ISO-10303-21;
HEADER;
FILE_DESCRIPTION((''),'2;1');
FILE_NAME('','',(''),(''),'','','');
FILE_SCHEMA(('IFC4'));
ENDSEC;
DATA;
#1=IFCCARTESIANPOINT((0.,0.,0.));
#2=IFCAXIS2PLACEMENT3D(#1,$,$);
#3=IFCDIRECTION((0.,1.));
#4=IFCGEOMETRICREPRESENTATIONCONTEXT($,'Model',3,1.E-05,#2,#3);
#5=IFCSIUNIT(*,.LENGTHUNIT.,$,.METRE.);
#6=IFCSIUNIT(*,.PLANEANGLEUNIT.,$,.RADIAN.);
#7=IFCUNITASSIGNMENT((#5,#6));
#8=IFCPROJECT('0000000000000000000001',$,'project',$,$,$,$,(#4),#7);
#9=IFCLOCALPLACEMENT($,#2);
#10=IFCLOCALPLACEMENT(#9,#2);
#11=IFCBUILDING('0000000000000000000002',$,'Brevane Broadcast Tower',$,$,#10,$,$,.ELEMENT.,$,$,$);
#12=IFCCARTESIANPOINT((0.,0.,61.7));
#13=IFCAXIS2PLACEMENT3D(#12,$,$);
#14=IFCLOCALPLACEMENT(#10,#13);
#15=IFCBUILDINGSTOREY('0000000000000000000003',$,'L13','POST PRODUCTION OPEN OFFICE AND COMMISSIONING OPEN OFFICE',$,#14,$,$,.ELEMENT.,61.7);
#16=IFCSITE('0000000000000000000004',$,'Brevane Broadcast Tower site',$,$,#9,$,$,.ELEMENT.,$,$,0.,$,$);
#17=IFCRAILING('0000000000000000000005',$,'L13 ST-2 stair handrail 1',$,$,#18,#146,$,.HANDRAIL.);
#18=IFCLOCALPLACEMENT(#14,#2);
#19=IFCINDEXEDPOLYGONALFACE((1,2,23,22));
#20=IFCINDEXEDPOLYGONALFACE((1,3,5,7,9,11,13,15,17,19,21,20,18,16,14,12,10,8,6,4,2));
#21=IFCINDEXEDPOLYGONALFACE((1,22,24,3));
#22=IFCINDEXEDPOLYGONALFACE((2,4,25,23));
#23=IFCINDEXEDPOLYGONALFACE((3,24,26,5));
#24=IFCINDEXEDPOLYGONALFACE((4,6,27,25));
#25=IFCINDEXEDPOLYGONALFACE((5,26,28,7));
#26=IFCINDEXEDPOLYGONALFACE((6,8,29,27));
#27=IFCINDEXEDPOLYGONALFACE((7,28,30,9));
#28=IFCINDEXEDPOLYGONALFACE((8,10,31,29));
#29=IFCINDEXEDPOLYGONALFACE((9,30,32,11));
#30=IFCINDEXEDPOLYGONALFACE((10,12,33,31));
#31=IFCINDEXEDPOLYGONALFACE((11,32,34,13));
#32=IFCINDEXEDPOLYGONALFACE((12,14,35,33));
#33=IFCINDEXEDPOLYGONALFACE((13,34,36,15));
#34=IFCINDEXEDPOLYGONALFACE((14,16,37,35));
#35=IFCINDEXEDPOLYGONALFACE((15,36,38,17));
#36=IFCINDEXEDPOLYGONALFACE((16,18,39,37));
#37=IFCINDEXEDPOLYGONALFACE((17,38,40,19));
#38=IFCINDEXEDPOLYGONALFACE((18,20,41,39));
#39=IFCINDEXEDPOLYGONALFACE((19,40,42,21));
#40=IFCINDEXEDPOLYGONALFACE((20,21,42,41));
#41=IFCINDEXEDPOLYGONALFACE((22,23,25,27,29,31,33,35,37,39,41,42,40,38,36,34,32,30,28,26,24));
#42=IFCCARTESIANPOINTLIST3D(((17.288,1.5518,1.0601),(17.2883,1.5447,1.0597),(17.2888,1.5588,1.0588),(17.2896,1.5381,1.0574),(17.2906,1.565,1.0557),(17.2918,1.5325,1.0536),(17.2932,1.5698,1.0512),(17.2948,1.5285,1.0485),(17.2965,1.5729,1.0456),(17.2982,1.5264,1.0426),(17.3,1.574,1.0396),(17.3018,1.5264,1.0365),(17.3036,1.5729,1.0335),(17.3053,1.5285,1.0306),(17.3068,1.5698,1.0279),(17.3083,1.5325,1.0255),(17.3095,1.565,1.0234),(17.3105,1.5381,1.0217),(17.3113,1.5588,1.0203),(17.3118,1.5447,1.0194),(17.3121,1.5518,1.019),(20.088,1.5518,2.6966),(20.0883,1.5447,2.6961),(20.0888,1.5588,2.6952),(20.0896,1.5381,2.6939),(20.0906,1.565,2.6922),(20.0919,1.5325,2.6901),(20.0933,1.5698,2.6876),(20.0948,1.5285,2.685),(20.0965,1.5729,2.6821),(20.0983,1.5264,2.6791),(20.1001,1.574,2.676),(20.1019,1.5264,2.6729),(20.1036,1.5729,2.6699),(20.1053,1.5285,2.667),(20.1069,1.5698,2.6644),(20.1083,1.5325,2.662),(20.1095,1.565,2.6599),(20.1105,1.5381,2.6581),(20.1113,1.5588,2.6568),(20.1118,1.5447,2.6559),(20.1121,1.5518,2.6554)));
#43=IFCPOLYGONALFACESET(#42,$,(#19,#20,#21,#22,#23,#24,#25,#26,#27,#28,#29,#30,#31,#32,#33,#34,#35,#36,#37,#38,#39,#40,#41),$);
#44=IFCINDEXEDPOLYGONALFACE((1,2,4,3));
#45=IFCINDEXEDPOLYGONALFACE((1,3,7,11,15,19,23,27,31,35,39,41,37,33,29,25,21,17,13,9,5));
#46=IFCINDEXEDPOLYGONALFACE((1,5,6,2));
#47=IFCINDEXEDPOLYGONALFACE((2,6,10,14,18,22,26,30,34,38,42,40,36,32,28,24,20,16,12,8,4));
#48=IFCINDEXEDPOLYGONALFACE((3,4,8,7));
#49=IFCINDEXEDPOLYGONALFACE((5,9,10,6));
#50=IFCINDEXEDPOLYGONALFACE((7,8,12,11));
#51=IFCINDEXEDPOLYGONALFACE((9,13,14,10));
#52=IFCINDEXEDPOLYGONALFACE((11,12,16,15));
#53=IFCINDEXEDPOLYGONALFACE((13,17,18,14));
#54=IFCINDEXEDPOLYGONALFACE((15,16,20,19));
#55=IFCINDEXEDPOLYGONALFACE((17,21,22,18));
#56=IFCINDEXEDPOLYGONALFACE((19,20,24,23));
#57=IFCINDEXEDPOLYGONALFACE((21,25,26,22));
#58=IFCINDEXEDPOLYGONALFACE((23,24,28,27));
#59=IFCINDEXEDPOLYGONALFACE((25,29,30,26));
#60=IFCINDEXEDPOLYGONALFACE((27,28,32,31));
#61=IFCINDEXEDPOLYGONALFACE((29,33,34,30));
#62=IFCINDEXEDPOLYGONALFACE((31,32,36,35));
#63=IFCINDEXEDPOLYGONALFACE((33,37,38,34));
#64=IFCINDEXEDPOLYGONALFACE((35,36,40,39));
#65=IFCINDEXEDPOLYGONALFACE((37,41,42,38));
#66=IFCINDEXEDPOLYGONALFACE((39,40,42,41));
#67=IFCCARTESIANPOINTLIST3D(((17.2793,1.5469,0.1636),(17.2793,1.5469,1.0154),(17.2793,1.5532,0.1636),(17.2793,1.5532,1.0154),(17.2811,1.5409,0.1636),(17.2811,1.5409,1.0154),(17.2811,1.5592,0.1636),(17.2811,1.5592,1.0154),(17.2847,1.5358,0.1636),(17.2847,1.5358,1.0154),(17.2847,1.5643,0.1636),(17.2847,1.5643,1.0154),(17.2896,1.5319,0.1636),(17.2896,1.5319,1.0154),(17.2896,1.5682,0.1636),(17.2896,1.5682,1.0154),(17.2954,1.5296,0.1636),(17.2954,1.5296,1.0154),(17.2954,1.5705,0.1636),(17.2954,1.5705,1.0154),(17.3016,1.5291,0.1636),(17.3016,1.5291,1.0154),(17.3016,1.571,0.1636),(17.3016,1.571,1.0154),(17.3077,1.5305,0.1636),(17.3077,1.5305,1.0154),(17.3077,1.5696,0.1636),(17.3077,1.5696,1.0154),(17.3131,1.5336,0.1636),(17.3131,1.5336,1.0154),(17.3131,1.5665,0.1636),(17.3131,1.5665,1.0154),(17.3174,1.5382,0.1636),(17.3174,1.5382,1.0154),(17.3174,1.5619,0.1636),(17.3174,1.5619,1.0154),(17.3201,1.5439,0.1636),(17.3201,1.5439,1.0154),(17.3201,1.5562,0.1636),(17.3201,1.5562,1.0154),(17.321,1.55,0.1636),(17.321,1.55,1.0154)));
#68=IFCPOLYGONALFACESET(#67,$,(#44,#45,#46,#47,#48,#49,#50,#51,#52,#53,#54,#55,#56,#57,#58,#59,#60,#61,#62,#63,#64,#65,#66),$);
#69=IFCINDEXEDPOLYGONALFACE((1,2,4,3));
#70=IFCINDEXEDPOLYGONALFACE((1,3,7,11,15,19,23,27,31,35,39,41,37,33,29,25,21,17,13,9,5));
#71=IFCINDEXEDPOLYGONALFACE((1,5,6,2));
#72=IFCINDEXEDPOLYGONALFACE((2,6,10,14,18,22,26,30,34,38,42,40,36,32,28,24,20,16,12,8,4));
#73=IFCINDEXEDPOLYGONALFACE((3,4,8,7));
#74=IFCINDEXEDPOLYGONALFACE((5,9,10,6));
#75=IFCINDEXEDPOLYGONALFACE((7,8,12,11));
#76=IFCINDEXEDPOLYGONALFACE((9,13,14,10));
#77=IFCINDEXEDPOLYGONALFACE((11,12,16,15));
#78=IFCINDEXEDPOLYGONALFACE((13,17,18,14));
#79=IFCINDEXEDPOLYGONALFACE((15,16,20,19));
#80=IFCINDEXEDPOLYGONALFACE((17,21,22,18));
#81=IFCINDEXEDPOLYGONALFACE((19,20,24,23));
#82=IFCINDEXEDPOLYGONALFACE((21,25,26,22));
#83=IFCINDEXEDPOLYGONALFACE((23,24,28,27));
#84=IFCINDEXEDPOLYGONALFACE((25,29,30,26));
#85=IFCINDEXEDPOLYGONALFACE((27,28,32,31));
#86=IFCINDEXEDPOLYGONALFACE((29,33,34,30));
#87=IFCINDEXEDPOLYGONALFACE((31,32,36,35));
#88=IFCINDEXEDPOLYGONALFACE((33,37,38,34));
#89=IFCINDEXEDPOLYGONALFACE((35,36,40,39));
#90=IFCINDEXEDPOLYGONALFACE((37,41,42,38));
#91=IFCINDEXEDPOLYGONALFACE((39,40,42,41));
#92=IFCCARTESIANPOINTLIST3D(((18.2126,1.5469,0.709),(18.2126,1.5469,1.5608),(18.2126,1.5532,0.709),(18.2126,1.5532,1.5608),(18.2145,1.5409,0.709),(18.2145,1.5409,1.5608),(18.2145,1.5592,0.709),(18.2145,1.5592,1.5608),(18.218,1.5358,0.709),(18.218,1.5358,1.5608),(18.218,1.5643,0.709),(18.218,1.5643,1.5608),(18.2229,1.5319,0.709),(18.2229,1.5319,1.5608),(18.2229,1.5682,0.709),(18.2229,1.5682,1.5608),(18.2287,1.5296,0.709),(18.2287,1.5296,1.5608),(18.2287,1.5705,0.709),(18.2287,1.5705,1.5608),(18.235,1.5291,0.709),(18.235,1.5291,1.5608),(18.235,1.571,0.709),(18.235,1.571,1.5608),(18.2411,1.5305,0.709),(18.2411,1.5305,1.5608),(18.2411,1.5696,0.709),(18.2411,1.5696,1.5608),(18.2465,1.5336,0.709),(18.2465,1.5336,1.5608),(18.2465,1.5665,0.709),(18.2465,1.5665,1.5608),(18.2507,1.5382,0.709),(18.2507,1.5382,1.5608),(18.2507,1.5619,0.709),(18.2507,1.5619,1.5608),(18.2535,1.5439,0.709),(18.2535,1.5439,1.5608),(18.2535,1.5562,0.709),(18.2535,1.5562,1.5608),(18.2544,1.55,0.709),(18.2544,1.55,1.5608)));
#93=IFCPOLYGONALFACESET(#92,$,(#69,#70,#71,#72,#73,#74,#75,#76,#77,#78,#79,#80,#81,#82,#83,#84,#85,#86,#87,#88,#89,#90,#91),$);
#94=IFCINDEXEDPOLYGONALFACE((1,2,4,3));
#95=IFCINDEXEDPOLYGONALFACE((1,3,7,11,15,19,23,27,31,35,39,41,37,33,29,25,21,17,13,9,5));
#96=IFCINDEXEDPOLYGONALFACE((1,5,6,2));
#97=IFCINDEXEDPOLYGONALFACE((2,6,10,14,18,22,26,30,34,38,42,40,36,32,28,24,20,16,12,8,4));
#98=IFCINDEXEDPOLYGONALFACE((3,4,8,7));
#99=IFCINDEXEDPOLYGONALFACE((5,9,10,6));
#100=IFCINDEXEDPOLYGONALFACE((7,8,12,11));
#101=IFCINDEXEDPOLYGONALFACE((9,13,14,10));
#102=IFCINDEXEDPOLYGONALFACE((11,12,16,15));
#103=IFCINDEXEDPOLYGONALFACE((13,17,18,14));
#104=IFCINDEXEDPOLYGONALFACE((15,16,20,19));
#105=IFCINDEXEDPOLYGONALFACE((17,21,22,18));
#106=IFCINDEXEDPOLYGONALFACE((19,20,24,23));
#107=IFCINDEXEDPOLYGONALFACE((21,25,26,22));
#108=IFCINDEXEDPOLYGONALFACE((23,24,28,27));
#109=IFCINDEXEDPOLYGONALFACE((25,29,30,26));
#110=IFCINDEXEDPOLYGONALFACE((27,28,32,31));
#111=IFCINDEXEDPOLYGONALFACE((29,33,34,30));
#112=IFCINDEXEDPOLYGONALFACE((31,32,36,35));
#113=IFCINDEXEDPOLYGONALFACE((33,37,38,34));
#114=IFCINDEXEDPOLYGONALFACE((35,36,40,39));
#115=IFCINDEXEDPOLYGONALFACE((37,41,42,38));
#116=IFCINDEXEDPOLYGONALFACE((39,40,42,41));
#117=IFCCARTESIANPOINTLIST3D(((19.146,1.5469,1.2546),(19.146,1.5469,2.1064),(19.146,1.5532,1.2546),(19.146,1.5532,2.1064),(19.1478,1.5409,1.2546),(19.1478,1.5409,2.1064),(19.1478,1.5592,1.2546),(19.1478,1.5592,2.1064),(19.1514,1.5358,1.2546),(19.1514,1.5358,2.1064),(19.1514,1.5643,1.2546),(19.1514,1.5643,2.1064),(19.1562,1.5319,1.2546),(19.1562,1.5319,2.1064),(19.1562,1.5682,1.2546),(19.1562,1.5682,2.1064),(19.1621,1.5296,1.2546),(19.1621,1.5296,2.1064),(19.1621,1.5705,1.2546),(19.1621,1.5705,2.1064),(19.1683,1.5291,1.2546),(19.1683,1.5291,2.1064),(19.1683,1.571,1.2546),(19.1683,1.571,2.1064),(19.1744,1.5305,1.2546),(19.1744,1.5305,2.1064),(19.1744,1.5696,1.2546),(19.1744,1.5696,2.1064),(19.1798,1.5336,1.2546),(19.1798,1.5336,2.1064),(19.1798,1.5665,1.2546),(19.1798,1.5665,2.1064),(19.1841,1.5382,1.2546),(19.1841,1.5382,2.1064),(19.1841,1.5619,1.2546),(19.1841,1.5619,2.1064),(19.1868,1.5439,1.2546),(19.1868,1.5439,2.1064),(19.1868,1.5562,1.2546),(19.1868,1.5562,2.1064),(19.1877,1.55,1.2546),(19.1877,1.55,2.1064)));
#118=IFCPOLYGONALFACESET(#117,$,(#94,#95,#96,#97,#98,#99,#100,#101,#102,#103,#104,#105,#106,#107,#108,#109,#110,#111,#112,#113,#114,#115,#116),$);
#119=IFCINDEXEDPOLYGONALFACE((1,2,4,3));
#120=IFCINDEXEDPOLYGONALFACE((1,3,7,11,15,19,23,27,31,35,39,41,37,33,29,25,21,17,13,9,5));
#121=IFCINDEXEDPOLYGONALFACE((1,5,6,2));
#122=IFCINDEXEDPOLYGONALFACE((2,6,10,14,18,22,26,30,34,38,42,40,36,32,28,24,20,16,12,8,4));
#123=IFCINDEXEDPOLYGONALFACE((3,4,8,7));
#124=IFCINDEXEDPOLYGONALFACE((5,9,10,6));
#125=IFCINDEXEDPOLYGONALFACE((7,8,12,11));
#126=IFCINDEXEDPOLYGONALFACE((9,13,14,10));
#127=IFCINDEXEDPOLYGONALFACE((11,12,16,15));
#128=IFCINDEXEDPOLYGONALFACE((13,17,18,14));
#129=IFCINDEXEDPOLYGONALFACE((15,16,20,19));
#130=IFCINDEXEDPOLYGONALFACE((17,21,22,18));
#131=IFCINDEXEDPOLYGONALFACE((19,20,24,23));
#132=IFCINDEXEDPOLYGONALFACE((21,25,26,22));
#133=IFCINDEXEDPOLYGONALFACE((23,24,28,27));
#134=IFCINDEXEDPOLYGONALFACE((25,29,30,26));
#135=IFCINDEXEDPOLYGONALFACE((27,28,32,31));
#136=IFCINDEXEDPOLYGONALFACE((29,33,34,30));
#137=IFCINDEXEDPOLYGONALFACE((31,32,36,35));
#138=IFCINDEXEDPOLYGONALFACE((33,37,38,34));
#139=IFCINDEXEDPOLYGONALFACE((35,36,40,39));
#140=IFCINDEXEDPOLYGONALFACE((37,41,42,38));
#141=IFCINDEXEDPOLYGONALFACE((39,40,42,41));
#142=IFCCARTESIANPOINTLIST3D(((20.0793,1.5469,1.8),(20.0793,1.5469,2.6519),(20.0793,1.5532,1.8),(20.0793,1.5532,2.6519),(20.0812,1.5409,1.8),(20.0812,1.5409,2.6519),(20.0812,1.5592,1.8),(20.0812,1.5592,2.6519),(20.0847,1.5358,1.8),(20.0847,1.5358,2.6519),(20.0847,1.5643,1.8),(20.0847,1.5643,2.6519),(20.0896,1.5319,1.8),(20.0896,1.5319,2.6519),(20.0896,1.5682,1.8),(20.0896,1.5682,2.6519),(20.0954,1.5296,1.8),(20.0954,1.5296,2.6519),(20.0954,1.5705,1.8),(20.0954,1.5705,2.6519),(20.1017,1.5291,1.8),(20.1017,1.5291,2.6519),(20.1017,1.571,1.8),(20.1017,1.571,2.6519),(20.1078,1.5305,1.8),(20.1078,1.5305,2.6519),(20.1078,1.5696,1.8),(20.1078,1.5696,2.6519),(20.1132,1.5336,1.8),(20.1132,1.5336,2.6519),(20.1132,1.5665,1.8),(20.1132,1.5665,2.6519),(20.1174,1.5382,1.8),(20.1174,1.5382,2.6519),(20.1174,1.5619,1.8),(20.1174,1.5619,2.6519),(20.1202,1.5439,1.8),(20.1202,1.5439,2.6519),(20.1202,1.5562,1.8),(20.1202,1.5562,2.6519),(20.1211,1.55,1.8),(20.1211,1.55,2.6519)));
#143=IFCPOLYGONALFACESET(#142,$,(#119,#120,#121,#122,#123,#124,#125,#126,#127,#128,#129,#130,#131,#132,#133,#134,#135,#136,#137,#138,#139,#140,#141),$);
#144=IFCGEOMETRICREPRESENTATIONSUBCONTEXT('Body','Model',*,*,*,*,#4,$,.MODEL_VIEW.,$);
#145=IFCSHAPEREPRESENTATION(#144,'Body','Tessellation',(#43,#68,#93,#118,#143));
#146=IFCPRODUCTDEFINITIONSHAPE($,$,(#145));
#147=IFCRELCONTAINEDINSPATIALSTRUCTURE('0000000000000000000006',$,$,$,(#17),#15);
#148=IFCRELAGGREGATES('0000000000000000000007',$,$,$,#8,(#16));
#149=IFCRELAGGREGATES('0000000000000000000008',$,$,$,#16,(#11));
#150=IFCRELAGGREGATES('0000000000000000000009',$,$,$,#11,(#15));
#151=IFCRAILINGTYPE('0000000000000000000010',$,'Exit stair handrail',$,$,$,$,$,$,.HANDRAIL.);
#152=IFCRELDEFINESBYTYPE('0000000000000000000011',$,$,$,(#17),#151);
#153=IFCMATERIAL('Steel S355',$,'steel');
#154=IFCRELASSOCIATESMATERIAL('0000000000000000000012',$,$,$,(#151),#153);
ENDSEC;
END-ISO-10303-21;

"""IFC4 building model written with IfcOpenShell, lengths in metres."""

from ifc_helpers import new_model, si_unit, direction, frame, origin, origin_2d, place, context, subcontext, project, spatial, circle, extrude, material, type_object, element, save


model = new_model("IFC4")

# Units and contexts
model_context = context("Model", 3, precision=1e-05, world=origin(), true_north=direction((0.0, 1.0)))
body_context = subcontext(model_context, "Body", "Model", "MODEL_VIEW")
ifc_project = project(units=[si_unit("LENGTHUNIT", "METRE"), si_unit("PLANEANGLEUNIT", "RADIAN")], contexts=[model_context])

# Site, building, storey
site_placement = place(None, origin())
site = spatial("IfcSite", under=ifc_project, at=site_placement, Name="Brevane Broadcast Tower site", CompositionType="ELEMENT", RefElevation=0.0)
building_placement = place(site_placement, origin())
building = spatial("IfcBuilding", under=site, at=building_placement, Name="Brevane Broadcast Tower", CompositionType="ELEMENT")
storey_placement = place(building_placement, frame((0.0, 0.0, 61.7)))
storey = spatial("IfcBuildingStorey", under=building, at=storey_placement, Name="L13", Description="POST PRODUCTION OPEN OFFICE AND COMMISSIONING OPEN OFFICE", CompositionType="ELEMENT", Elevation=61.7)

# Railing
ifc_material_1 = material(Name="Steel S355", Category="steel")
railing_type_1 = type_object("IfcRailingType", Name="Exit stair handrail", PredefinedType="HANDRAIL", material=ifc_material_1)
railing_1_placement = place(storey_placement, frame((17.3, 1.55, 0.1636)))
element("IfcRailing", 1, at=railing_1_placement, inside=storey, type_object=railing_type_1, Name="L13 ST-2 stair handrail 1", PredefinedType="HANDRAIL", context=body_context, shape_type="SweptSolid", body=[
    extrude(circle(Radius=0.0239, at=origin_2d()), frame((0.0, 0.0, 0.876), z_axis=(0.863361, 0.0, 0.504587), x_axis=(0.0, 1.0, 0.0)), (0.0, 0.0, 1.0), 3.2432),
    extrude(circle(Radius=0.021, at=origin_2d()), origin(), (0.0, 0.0, 1.0), 0.8518),
    extrude(circle(Radius=0.021, at=origin_2d()), frame((0.9333, 0.0, 0.5454)), (0.0, 0.0, 1.0), 0.8518),
    extrude(circle(Radius=0.021, at=origin_2d()), frame((1.8667, 0.0, 1.0911)), (0.0, 0.0, 1.0), 0.8518),
    extrude(circle(Radius=0.021, at=origin_2d()), frame((2.8, 0.0, 1.6365)), (0.0, 0.0, 1.0), 0.8518),
])

save(model, "model.ifc")
